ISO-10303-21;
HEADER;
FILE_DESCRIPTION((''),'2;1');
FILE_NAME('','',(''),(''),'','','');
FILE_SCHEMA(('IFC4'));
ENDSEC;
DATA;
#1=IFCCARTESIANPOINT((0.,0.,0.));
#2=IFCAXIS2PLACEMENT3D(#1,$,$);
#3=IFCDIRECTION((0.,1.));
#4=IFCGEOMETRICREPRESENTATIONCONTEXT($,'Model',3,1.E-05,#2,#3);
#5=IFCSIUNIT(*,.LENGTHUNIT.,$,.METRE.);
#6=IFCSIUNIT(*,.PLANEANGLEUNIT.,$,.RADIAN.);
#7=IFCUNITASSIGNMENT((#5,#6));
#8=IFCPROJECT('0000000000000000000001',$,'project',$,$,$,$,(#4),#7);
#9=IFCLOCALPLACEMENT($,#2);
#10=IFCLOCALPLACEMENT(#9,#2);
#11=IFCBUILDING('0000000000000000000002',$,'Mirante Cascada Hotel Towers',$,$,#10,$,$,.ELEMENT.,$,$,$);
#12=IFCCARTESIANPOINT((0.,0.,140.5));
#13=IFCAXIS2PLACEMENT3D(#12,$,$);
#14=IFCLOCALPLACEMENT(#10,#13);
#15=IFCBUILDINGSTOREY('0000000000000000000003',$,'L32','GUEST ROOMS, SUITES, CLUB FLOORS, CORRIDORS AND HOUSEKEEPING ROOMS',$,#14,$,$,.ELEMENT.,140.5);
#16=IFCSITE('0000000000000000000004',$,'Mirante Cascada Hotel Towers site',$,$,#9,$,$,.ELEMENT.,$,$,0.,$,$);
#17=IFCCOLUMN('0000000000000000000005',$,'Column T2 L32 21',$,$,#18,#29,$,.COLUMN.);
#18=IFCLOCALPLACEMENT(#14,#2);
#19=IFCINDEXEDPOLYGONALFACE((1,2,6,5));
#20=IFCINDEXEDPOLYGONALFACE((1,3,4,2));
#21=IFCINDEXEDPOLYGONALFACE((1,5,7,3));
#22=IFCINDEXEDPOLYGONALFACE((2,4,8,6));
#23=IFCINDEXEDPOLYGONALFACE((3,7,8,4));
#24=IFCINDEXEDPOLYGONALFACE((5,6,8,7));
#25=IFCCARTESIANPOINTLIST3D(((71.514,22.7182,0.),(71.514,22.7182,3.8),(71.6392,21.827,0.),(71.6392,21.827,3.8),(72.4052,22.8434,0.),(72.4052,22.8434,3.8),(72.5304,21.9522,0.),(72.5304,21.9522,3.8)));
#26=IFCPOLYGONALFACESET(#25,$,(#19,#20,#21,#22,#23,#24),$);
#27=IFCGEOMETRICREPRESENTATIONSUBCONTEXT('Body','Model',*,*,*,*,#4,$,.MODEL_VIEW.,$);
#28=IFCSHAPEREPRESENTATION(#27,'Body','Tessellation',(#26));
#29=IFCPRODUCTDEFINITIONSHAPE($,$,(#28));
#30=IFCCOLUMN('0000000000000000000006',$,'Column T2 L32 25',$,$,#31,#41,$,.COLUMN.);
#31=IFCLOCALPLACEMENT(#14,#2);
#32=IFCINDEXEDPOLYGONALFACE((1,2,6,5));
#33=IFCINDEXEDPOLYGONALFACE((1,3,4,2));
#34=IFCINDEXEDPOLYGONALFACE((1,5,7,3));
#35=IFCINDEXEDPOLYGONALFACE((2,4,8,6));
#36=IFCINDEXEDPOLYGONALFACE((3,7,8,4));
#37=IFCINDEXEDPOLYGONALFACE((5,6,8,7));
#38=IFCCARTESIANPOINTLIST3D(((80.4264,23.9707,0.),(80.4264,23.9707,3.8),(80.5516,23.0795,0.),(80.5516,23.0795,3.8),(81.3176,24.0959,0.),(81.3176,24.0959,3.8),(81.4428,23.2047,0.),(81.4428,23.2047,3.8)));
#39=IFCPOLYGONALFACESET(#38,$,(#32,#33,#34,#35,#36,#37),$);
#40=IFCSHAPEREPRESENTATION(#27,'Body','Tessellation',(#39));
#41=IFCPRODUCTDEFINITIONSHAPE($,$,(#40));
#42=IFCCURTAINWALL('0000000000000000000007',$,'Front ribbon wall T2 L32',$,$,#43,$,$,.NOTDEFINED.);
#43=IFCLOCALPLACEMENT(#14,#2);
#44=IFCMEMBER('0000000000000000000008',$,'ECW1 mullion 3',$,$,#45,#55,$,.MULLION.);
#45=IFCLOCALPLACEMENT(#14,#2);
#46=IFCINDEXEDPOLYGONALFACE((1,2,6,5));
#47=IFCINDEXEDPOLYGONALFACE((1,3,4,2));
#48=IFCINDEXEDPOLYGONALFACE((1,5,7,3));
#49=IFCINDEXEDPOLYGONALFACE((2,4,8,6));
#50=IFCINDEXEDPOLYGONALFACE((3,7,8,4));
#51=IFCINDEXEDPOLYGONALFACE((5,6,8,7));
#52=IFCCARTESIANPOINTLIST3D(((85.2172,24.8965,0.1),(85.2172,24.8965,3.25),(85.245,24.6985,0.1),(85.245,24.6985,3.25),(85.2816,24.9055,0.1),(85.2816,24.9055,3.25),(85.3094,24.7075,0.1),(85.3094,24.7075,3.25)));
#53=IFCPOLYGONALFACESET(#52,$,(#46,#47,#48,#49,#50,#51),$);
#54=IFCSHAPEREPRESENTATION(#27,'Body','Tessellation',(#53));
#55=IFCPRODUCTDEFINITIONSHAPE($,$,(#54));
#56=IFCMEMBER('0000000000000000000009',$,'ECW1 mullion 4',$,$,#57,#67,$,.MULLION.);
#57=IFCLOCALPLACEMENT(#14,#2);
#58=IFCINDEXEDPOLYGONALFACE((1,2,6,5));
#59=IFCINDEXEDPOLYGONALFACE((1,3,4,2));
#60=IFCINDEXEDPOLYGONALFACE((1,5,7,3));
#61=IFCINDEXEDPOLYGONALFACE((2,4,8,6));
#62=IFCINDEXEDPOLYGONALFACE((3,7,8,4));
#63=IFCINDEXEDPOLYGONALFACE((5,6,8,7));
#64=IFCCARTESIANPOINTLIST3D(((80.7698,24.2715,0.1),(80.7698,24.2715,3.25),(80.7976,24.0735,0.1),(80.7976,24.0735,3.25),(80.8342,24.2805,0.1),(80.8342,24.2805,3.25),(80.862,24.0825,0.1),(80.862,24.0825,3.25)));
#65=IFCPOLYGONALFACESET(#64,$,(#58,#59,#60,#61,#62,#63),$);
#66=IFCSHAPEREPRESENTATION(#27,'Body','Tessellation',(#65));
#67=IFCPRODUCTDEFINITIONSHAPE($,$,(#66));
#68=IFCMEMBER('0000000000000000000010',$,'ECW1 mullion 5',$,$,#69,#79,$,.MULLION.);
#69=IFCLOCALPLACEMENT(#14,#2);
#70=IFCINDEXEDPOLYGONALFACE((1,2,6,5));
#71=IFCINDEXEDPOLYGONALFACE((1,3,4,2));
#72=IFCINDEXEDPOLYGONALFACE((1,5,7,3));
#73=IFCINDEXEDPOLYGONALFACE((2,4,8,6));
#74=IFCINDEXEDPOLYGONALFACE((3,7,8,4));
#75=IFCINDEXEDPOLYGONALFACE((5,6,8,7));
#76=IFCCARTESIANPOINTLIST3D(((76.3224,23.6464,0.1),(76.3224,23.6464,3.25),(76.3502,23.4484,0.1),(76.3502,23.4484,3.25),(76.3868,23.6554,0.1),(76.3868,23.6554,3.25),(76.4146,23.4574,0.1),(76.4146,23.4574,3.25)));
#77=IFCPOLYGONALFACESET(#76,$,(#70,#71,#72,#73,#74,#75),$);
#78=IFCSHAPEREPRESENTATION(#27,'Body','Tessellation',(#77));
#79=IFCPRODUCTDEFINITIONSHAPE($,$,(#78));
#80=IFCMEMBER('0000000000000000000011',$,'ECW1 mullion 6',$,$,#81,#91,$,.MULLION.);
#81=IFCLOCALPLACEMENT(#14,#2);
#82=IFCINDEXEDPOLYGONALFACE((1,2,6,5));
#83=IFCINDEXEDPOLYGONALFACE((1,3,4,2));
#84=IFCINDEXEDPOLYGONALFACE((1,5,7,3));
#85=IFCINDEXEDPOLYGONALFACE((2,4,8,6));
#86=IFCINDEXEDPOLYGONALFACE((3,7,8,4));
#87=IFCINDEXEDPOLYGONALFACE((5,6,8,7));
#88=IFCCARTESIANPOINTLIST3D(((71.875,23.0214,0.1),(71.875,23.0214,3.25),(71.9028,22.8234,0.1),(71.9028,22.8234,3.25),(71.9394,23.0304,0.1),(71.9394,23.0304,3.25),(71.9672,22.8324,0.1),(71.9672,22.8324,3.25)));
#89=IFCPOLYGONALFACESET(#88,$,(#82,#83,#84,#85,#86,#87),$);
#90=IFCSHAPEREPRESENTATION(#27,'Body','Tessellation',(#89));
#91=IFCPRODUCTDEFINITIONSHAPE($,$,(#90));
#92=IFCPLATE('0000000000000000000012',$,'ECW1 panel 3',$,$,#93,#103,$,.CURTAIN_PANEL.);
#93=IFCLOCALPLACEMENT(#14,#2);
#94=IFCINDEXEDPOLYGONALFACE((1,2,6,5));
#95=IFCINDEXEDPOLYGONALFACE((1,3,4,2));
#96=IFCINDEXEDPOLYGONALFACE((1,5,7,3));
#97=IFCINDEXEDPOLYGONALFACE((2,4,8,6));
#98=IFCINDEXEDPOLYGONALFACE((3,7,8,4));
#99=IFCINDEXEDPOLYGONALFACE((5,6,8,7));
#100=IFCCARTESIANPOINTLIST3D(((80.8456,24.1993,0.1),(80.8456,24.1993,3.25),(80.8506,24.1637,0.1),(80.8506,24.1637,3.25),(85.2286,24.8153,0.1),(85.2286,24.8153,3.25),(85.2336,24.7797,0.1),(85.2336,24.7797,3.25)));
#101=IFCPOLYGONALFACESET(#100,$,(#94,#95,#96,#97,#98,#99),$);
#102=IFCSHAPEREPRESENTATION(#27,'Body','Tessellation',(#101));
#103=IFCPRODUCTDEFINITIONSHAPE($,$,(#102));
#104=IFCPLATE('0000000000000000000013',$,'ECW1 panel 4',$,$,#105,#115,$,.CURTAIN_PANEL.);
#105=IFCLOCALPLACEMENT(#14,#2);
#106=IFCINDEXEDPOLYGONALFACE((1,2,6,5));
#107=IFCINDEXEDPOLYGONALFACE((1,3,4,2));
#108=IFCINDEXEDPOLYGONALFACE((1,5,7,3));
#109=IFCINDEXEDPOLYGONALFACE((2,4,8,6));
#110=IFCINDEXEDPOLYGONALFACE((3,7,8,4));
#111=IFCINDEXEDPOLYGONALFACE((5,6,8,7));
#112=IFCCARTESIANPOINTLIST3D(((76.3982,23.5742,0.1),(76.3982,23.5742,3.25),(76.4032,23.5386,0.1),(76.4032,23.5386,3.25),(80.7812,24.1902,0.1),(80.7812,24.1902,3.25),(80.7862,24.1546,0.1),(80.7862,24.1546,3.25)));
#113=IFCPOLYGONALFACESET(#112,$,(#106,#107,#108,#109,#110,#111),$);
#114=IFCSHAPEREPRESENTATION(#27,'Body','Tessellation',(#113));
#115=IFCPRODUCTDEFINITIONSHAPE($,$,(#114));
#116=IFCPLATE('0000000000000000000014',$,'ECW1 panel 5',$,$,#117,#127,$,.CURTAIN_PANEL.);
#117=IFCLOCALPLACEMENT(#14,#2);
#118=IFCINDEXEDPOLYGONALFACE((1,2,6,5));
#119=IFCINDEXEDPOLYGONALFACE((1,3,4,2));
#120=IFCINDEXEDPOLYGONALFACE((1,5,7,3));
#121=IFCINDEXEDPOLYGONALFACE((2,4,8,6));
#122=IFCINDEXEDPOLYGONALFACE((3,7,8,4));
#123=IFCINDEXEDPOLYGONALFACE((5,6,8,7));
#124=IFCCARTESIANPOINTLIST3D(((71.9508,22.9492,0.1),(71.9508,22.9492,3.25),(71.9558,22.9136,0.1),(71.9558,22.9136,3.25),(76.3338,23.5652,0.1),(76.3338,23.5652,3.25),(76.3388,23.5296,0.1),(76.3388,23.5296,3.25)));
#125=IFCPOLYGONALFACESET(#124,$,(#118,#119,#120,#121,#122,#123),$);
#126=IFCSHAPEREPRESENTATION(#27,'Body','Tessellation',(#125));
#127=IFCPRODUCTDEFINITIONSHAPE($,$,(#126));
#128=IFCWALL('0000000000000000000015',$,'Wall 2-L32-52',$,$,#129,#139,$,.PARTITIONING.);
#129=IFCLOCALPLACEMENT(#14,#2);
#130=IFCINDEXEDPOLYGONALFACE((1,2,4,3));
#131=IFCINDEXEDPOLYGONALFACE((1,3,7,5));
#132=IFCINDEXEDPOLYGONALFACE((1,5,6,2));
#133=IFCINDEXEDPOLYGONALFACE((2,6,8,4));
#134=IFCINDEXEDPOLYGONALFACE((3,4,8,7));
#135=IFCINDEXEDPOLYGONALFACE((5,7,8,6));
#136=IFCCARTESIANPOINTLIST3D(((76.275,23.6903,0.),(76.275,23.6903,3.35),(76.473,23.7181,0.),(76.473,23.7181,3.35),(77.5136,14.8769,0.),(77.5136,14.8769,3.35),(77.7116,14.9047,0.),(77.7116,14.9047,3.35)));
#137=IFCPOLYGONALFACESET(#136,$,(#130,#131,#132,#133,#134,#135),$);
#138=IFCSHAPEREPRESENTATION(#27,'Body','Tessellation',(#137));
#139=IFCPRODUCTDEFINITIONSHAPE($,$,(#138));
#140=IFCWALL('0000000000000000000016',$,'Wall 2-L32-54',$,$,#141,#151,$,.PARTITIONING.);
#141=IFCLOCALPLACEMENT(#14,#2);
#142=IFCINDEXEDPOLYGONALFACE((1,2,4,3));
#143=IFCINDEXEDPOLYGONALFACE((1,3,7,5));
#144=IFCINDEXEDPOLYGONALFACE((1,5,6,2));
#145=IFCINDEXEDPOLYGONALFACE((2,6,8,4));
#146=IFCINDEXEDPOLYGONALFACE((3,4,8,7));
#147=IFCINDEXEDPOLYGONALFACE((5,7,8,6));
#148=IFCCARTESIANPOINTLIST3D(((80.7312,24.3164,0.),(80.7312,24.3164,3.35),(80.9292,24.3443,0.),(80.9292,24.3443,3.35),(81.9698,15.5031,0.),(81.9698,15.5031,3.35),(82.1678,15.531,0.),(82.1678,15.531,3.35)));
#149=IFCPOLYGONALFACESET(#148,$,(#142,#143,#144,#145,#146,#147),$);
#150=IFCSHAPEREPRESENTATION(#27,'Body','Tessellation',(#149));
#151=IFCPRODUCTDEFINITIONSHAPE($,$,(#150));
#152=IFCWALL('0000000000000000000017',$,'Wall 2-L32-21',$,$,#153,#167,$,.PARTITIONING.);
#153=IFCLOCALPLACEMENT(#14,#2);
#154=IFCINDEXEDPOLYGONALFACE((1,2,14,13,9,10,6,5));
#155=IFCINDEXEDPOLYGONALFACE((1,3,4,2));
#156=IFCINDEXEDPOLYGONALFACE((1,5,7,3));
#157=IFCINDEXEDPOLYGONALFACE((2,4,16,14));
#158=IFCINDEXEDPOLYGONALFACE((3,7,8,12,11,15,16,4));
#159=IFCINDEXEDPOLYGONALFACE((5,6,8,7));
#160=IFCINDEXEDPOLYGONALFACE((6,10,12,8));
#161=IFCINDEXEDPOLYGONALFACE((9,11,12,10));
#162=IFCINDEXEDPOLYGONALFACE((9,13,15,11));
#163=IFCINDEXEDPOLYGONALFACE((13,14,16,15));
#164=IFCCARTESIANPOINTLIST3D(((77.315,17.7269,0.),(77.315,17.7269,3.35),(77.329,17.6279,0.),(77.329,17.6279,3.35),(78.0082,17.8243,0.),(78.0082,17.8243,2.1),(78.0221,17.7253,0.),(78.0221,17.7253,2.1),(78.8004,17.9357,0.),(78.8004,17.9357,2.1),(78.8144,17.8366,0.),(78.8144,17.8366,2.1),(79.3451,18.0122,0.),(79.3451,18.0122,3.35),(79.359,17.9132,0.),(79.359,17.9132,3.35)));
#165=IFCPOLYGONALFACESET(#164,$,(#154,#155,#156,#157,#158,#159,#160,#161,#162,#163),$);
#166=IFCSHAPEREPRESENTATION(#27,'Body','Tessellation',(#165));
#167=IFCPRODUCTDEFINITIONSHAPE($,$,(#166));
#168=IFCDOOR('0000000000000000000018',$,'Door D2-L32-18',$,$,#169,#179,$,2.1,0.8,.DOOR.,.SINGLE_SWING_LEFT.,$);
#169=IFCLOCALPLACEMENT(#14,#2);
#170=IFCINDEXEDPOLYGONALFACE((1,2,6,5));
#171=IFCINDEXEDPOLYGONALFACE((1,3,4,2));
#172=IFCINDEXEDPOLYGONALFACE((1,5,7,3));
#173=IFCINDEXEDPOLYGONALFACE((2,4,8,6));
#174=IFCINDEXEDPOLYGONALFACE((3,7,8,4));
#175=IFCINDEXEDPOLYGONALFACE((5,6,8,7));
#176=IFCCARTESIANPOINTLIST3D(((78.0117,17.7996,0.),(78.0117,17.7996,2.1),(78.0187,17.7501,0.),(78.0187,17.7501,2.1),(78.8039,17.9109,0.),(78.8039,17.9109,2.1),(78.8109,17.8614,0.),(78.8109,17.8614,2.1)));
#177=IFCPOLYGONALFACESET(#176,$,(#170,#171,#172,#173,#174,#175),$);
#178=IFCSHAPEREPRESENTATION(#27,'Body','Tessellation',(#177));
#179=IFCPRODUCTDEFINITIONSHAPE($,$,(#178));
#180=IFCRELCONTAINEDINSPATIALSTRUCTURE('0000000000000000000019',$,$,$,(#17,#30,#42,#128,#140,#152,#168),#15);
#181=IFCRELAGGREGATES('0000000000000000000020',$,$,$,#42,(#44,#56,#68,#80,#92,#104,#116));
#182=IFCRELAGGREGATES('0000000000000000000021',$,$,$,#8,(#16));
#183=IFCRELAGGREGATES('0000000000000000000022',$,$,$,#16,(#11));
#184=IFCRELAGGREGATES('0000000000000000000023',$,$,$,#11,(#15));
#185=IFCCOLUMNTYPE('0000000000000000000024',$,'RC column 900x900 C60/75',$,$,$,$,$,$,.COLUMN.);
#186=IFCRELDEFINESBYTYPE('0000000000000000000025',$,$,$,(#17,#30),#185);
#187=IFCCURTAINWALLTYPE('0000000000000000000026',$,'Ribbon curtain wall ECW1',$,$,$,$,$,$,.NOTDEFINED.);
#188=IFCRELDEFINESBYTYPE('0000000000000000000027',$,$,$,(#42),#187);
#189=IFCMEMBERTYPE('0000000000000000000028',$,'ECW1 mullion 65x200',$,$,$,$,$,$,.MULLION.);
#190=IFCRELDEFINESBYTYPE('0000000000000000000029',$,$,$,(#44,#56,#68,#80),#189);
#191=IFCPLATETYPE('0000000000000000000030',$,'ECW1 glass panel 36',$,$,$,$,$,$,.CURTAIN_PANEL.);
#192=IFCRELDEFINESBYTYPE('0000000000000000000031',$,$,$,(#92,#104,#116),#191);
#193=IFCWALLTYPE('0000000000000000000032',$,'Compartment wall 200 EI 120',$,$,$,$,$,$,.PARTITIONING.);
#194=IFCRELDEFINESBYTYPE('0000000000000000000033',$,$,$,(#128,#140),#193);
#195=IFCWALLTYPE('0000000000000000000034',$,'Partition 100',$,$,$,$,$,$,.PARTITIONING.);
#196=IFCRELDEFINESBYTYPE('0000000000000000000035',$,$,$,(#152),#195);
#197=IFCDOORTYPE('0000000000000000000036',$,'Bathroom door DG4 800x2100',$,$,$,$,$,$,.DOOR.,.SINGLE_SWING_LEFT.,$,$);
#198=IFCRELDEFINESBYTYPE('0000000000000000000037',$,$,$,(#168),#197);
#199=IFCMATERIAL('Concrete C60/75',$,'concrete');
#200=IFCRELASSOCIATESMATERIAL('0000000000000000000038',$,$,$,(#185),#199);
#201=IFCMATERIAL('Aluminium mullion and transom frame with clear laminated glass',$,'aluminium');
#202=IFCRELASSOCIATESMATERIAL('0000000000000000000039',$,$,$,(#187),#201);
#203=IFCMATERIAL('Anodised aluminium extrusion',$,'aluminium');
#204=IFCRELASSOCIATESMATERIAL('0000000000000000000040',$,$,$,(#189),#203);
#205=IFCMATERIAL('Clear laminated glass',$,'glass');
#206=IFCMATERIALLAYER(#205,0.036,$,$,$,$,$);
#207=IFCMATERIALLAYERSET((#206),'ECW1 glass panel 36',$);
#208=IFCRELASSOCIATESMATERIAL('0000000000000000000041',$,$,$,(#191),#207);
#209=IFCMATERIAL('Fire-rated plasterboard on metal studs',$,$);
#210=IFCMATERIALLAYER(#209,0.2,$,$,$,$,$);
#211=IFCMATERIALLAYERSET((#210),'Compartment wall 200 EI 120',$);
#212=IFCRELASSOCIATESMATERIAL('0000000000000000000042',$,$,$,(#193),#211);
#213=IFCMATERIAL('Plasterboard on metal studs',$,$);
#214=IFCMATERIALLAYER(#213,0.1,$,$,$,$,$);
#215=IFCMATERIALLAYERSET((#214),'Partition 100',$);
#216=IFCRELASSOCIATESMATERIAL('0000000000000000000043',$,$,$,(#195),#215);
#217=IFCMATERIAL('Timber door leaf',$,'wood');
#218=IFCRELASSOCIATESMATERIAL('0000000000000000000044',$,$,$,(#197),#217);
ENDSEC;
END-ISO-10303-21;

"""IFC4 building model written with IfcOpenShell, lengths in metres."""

from ifc_helpers import new_model, si_unit, direction, frame, frame_2d, origin, origin_2d, place, context, subcontext, project, spatial, rectangle, extrude, material, layer, layer_set, material_profile, profile_set, type_object, element, fill, aggregate, save


model = new_model("IFC4")

# Units and contexts
model_context = context("Model", 3, precision=1e-05, world=origin(), true_north=direction((0.0, 1.0)))
body_context = subcontext(model_context, "Body", "Model", "MODEL_VIEW")
ifc_project = project(units=[si_unit("LENGTHUNIT", "METRE"), si_unit("PLANEANGLEUNIT", "RADIAN")], contexts=[model_context])

# Site, building, storey
site_placement = place(None, origin())
site = spatial("IfcSite", under=ifc_project, at=site_placement, Name="Mirante Cascada Hotel Towers site", CompositionType="ELEMENT", RefElevation=0.0)
building_placement = place(site_placement, origin())
building = spatial("IfcBuilding", under=site, at=building_placement, Name="Mirante Cascada Hotel Towers", CompositionType="ELEMENT")
storey_placement = place(building_placement, frame((0.0, 0.0, 140.5)))
storey = spatial("IfcBuildingStorey", under=building, at=storey_placement, Name="L32", Description="GUEST ROOMS, SUITES, CLUB FLOORS, CORRIDORS AND HOUSEKEEPING ROOMS", CompositionType="ELEMENT", Elevation=140.5)

# Columns
ifc_material_1 = material(Name="Concrete C60/75", Category="concrete")
ifc_material_profile_1 = material_profile(ifc_material_1, rectangle(XDim=0.9, YDim=0.9, at=origin_2d()), Name="RC column 900x900 C60/75")
ifc_profile_set_1 = profile_set([ifc_material_profile_1], Name="Concrete C60/75")
column_type = type_object("IfcColumnType", Name="RC column 900x900 C60/75", PredefinedType="COLUMN", material=ifc_profile_set_1)
for number, where, z_axis, x_axis, name in (
    (1, (72.0222, 22.3352, 0.0), (0.0, 0.0, 1.0), (0.990268, 0.139173, 0.0), "Column T2 L32 21"),
    (2, (80.9346, 23.5877, 0.0), (0.0, 0.0, 1.0), (0.990268, 0.139173, 0.0), "Column T2 L32 25"),
):
    element("IfcColumn", number, at=place(storey_placement, frame(where, z_axis=z_axis, x_axis=x_axis)), inside=storey, type_object=column_type, Name=name, PredefinedType="COLUMN", context=body_context, shape_type="SweptSolid", body=[
        extrude(rectangle(XDim=0.9, YDim=0.9, at=origin_2d()), origin(), (0.0, 0.0, 1.0), 3.8),
    ])

# Curtain wall, members, plates
ifc_material_2 = material(Name="Aluminium mullion and transom frame with clear laminated glass", Category="aluminium")
curtain_wall_type = type_object("IfcCurtainWallType", Name="Ribbon curtain wall ECW1", PredefinedType="NOTDEFINED", material=ifc_material_2)
curtain_wall_placement = place(storey_placement, origin())
curtain_wall = element("IfcCurtainWall", 3, at=curtain_wall_placement, inside=storey, type_object=curtain_wall_type, Name="Front ribbon wall T2 L32", PredefinedType="NOTDEFINED")
ifc_material_3 = material(Name="Anodised aluminium extrusion", Category="aluminium")
ifc_material_profile_2 = material_profile(ifc_material_3, rectangle(XDim=0.2, YDim=0.065, at=origin_2d()), Name="ECW1 MULLION 65x200")
ifc_profile_set_2 = profile_set([ifc_material_profile_2], Name="Anodised aluminium extrusion")
member_type = type_object("IfcMemberType", Name="ECW1 mullion 65x200", PredefinedType="MULLION", material=ifc_profile_set_2)
member_1_placement = place(storey_placement, frame((85.2633, 24.802, 0.1), z_axis=(0.0, 0.0, 1.0), x_axis=(0.139173, -0.990268, 0.0)))
member_1 = element("IfcMember", 4, at=member_1_placement, type_object=member_type, Name="ECW1 mullion 3", PredefinedType="MULLION", context=body_context, shape_type="SweptSolid", body=[
    extrude(rectangle(XDim=0.2, YDim=0.065, at=origin_2d()), origin(), (0.0, 0.0, 1.0), 3.15),
])
member_2_placement = place(storey_placement, frame((80.8159, 24.177, 0.1), z_axis=(0.0, 0.0, 1.0), x_axis=(0.139173, -0.990268, 0.0)))
member_2 = element("IfcMember", 5, at=member_2_placement, type_object=member_type, Name="ECW1 mullion 4", PredefinedType="MULLION", context=body_context, shape_type="SweptSolid", body=[
    extrude(rectangle(XDim=0.2, YDim=0.065, at=origin_2d()), origin(), (0.0, 0.0, 1.0), 3.15),
])
member_3_placement = place(storey_placement, frame((76.3685, 23.5519, 0.1), z_axis=(0.0, 0.0, 1.0), x_axis=(0.139173, -0.990268, 0.0)))
member_3 = element("IfcMember", 6, at=member_3_placement, type_object=member_type, Name="ECW1 mullion 5", PredefinedType="MULLION", context=body_context, shape_type="SweptSolid", body=[
    extrude(rectangle(XDim=0.2, YDim=0.065, at=origin_2d()), origin(), (0.0, 0.0, 1.0), 3.15),
])
member_4_placement = place(storey_placement, frame((71.9211, 22.9269, 0.1), z_axis=(0.0, 0.0, 1.0), x_axis=(0.139173, -0.990268, 0.0)))
member_4 = element("IfcMember", 7, at=member_4_placement, type_object=member_type, Name="ECW1 mullion 6", PredefinedType="MULLION", context=body_context, shape_type="SweptSolid", body=[
    extrude(rectangle(XDim=0.2, YDim=0.065, at=origin_2d()), origin(), (0.0, 0.0, 1.0), 3.15),
])
ifc_material_4 = material(Name="Clear laminated glass", Category="glass")
ifc_layer_1 = layer(ifc_material_4, 0.036)
ifc_layer_set_1 = layer_set([ifc_layer_1], Name="ECW1 glass panel 36")
plate_type = type_object("IfcPlateType", Name="ECW1 glass panel 36", PredefinedType="CURTAIN_PANEL", material=ifc_layer_set_1)
plate_1_placement = place(storey_placement, frame((83.0396, 24.4895, 0.1), z_axis=(0.0, 0.0, 1.0), x_axis=(-0.990268, -0.139173, 0.0)))
plate_1 = element("IfcPlate", 8, at=plate_1_placement, type_object=plate_type, Name="ECW1 panel 3", PredefinedType="CURTAIN_PANEL", context=body_context, shape_type="SweptSolid", body=[
    extrude(rectangle(XDim=4.4261, YDim=0.036, at=origin_2d()), origin(), (0.0, 0.0, 1.0), 3.15),
])
plate_2_placement = place(storey_placement, frame((78.5922, 23.8644, 0.1), z_axis=(0.0, 0.0, 1.0), x_axis=(-0.990268, -0.139173, 0.0)))
plate_2 = element("IfcPlate", 9, at=plate_2_placement, type_object=plate_type, Name="ECW1 panel 4", PredefinedType="CURTAIN_PANEL", context=body_context, shape_type="SweptSolid", body=[
    extrude(rectangle(XDim=4.4261, YDim=0.036, at=origin_2d()), origin(), (0.0, 0.0, 1.0), 3.15),
])
plate_3_placement = place(storey_placement, frame((74.1448, 23.2394, 0.1), z_axis=(0.0, 0.0, 1.0), x_axis=(-0.990268, -0.139173, 0.0)))
plate_3 = element("IfcPlate", 10, at=plate_3_placement, type_object=plate_type, Name="ECW1 panel 5", PredefinedType="CURTAIN_PANEL", context=body_context, shape_type="SweptSolid", body=[
    extrude(rectangle(XDim=4.4261, YDim=0.036, at=origin_2d()), origin(), (0.0, 0.0, 1.0), 3.15),
])
aggregate(curtain_wall, [member_1, member_2, member_3, member_4, plate_1, plate_2, plate_3])

# Walls
ifc_material_5 = material(Name="Fire-rated plasterboard on metal studs")
ifc_layer_2 = layer(ifc_material_5, 0.2)
ifc_layer_set_2 = layer_set([ifc_layer_2], Name="Compartment wall 200 EI 120")
wall_type_1 = type_object("IfcWallType", Name="Compartment wall 200 EI 120", PredefinedType="PARTITIONING", material=ifc_layer_set_2)
wall_1_placement = place(storey_placement, frame((76.374, 23.7042, 0.0), z_axis=(0.0, 0.0, 1.0), x_axis=(0.139168, -0.990269, 0.0)))
element("IfcWall", 11, at=wall_1_placement, inside=storey, type_object=wall_type_1, Name="Wall 2-L32-52", PredefinedType="PARTITIONING", context=body_context, shape_type="SweptSolid", body=[
    extrude(rectangle(XDim=8.9, YDim=0.2, at=frame_2d((4.45, 0.0))), origin(), (0.0, 0.0, 1.0), 3.35),
])
wall_2_placement = place(storey_placement, frame((80.8302, 24.3304, 0.0), z_axis=(0.0, 0.0, 1.0), x_axis=(0.13917, -0.990268, 0.0)))
element("IfcWall", 12, at=wall_2_placement, inside=storey, type_object=wall_type_1, Name="Wall 2-L32-54", PredefinedType="PARTITIONING", context=body_context, shape_type="SweptSolid", body=[
    extrude(rectangle(XDim=8.8999, YDim=0.2, at=frame_2d((4.45, 0.0))), origin(), (0.0, 0.0, 1.0), 3.35),
])

# Wall, opening, door
ifc_material_6 = material(Name="Plasterboard on metal studs")
ifc_layer_3 = layer(ifc_material_6, 0.1)
ifc_layer_set_3 = layer_set([ifc_layer_3], Name="Partition 100")
wall_type_2 = type_object("IfcWallType", Name="Partition 100", PredefinedType="PARTITIONING", material=ifc_layer_set_3)
wall_3_placement = place(storey_placement, frame((77.322, 17.6774, 0.0), z_axis=(0.0, 0.0, 1.0), x_axis=(0.990268, 0.139174, 0.0)))
wall_3 = element("IfcWall", 13, at=wall_3_placement, inside=storey, type_object=wall_type_2, Name="Wall 2-L32-21", PredefinedType="PARTITIONING", context=body_context, shape_type="SweptSolid", body=[
    extrude(rectangle(XDim=2.05, YDim=0.1, at=frame_2d((1.025, 0.0))), origin(), (0.0, 0.0, 1.0), 3.35),
])
opening_1_placement = place(wall_3_placement, frame((0.7, 0.0, 0.0)))
opening_1 = element("IfcOpeningElement", 14, at=opening_1_placement, cuts=wall_3, PredefinedType="OPENING", context=body_context, shape_type="SweptSolid", body=[
    extrude(rectangle(XDim=0.8, YDim=2.1, at=frame_2d((0.4, 1.05))), frame((0.0, 0.05, 0.0), z_axis=(0.0, -1.0, 0.0), x_axis=(1.0, 0.0, 0.0)), (0.0, 0.0, 1.0), 0.1),
])
ifc_material_7 = material(Name="Timber door leaf", Category="wood")
door_type_1 = type_object("IfcDoorType", Name="Bathroom door DG4 800x2100", OperationType="SINGLE_SWING_LEFT", PredefinedType="DOOR", material=ifc_material_7)
door_1_placement = place(opening_1_placement, origin())
door_1 = element("IfcDoor", 15, at=door_1_placement, inside=storey, type_object=door_type_1, Name="Door D2-L32-18", OperationType="SINGLE_SWING_LEFT", OverallHeight=2.1, OverallWidth=0.8, PredefinedType="DOOR", context=body_context, shape_type="SweptSolid", body=[
    extrude(rectangle(XDim=0.8, YDim=2.1, at=frame_2d((0.4, 1.05))), frame((0.0, 0.025, 0.0), z_axis=(0.0, -1.0, 0.0), x_axis=(1.0, 0.0, 0.0)), (0.0, 0.0, 1.0), 0.05),
])
fill(opening_1, door_1)

save(model, "model.ifc")
